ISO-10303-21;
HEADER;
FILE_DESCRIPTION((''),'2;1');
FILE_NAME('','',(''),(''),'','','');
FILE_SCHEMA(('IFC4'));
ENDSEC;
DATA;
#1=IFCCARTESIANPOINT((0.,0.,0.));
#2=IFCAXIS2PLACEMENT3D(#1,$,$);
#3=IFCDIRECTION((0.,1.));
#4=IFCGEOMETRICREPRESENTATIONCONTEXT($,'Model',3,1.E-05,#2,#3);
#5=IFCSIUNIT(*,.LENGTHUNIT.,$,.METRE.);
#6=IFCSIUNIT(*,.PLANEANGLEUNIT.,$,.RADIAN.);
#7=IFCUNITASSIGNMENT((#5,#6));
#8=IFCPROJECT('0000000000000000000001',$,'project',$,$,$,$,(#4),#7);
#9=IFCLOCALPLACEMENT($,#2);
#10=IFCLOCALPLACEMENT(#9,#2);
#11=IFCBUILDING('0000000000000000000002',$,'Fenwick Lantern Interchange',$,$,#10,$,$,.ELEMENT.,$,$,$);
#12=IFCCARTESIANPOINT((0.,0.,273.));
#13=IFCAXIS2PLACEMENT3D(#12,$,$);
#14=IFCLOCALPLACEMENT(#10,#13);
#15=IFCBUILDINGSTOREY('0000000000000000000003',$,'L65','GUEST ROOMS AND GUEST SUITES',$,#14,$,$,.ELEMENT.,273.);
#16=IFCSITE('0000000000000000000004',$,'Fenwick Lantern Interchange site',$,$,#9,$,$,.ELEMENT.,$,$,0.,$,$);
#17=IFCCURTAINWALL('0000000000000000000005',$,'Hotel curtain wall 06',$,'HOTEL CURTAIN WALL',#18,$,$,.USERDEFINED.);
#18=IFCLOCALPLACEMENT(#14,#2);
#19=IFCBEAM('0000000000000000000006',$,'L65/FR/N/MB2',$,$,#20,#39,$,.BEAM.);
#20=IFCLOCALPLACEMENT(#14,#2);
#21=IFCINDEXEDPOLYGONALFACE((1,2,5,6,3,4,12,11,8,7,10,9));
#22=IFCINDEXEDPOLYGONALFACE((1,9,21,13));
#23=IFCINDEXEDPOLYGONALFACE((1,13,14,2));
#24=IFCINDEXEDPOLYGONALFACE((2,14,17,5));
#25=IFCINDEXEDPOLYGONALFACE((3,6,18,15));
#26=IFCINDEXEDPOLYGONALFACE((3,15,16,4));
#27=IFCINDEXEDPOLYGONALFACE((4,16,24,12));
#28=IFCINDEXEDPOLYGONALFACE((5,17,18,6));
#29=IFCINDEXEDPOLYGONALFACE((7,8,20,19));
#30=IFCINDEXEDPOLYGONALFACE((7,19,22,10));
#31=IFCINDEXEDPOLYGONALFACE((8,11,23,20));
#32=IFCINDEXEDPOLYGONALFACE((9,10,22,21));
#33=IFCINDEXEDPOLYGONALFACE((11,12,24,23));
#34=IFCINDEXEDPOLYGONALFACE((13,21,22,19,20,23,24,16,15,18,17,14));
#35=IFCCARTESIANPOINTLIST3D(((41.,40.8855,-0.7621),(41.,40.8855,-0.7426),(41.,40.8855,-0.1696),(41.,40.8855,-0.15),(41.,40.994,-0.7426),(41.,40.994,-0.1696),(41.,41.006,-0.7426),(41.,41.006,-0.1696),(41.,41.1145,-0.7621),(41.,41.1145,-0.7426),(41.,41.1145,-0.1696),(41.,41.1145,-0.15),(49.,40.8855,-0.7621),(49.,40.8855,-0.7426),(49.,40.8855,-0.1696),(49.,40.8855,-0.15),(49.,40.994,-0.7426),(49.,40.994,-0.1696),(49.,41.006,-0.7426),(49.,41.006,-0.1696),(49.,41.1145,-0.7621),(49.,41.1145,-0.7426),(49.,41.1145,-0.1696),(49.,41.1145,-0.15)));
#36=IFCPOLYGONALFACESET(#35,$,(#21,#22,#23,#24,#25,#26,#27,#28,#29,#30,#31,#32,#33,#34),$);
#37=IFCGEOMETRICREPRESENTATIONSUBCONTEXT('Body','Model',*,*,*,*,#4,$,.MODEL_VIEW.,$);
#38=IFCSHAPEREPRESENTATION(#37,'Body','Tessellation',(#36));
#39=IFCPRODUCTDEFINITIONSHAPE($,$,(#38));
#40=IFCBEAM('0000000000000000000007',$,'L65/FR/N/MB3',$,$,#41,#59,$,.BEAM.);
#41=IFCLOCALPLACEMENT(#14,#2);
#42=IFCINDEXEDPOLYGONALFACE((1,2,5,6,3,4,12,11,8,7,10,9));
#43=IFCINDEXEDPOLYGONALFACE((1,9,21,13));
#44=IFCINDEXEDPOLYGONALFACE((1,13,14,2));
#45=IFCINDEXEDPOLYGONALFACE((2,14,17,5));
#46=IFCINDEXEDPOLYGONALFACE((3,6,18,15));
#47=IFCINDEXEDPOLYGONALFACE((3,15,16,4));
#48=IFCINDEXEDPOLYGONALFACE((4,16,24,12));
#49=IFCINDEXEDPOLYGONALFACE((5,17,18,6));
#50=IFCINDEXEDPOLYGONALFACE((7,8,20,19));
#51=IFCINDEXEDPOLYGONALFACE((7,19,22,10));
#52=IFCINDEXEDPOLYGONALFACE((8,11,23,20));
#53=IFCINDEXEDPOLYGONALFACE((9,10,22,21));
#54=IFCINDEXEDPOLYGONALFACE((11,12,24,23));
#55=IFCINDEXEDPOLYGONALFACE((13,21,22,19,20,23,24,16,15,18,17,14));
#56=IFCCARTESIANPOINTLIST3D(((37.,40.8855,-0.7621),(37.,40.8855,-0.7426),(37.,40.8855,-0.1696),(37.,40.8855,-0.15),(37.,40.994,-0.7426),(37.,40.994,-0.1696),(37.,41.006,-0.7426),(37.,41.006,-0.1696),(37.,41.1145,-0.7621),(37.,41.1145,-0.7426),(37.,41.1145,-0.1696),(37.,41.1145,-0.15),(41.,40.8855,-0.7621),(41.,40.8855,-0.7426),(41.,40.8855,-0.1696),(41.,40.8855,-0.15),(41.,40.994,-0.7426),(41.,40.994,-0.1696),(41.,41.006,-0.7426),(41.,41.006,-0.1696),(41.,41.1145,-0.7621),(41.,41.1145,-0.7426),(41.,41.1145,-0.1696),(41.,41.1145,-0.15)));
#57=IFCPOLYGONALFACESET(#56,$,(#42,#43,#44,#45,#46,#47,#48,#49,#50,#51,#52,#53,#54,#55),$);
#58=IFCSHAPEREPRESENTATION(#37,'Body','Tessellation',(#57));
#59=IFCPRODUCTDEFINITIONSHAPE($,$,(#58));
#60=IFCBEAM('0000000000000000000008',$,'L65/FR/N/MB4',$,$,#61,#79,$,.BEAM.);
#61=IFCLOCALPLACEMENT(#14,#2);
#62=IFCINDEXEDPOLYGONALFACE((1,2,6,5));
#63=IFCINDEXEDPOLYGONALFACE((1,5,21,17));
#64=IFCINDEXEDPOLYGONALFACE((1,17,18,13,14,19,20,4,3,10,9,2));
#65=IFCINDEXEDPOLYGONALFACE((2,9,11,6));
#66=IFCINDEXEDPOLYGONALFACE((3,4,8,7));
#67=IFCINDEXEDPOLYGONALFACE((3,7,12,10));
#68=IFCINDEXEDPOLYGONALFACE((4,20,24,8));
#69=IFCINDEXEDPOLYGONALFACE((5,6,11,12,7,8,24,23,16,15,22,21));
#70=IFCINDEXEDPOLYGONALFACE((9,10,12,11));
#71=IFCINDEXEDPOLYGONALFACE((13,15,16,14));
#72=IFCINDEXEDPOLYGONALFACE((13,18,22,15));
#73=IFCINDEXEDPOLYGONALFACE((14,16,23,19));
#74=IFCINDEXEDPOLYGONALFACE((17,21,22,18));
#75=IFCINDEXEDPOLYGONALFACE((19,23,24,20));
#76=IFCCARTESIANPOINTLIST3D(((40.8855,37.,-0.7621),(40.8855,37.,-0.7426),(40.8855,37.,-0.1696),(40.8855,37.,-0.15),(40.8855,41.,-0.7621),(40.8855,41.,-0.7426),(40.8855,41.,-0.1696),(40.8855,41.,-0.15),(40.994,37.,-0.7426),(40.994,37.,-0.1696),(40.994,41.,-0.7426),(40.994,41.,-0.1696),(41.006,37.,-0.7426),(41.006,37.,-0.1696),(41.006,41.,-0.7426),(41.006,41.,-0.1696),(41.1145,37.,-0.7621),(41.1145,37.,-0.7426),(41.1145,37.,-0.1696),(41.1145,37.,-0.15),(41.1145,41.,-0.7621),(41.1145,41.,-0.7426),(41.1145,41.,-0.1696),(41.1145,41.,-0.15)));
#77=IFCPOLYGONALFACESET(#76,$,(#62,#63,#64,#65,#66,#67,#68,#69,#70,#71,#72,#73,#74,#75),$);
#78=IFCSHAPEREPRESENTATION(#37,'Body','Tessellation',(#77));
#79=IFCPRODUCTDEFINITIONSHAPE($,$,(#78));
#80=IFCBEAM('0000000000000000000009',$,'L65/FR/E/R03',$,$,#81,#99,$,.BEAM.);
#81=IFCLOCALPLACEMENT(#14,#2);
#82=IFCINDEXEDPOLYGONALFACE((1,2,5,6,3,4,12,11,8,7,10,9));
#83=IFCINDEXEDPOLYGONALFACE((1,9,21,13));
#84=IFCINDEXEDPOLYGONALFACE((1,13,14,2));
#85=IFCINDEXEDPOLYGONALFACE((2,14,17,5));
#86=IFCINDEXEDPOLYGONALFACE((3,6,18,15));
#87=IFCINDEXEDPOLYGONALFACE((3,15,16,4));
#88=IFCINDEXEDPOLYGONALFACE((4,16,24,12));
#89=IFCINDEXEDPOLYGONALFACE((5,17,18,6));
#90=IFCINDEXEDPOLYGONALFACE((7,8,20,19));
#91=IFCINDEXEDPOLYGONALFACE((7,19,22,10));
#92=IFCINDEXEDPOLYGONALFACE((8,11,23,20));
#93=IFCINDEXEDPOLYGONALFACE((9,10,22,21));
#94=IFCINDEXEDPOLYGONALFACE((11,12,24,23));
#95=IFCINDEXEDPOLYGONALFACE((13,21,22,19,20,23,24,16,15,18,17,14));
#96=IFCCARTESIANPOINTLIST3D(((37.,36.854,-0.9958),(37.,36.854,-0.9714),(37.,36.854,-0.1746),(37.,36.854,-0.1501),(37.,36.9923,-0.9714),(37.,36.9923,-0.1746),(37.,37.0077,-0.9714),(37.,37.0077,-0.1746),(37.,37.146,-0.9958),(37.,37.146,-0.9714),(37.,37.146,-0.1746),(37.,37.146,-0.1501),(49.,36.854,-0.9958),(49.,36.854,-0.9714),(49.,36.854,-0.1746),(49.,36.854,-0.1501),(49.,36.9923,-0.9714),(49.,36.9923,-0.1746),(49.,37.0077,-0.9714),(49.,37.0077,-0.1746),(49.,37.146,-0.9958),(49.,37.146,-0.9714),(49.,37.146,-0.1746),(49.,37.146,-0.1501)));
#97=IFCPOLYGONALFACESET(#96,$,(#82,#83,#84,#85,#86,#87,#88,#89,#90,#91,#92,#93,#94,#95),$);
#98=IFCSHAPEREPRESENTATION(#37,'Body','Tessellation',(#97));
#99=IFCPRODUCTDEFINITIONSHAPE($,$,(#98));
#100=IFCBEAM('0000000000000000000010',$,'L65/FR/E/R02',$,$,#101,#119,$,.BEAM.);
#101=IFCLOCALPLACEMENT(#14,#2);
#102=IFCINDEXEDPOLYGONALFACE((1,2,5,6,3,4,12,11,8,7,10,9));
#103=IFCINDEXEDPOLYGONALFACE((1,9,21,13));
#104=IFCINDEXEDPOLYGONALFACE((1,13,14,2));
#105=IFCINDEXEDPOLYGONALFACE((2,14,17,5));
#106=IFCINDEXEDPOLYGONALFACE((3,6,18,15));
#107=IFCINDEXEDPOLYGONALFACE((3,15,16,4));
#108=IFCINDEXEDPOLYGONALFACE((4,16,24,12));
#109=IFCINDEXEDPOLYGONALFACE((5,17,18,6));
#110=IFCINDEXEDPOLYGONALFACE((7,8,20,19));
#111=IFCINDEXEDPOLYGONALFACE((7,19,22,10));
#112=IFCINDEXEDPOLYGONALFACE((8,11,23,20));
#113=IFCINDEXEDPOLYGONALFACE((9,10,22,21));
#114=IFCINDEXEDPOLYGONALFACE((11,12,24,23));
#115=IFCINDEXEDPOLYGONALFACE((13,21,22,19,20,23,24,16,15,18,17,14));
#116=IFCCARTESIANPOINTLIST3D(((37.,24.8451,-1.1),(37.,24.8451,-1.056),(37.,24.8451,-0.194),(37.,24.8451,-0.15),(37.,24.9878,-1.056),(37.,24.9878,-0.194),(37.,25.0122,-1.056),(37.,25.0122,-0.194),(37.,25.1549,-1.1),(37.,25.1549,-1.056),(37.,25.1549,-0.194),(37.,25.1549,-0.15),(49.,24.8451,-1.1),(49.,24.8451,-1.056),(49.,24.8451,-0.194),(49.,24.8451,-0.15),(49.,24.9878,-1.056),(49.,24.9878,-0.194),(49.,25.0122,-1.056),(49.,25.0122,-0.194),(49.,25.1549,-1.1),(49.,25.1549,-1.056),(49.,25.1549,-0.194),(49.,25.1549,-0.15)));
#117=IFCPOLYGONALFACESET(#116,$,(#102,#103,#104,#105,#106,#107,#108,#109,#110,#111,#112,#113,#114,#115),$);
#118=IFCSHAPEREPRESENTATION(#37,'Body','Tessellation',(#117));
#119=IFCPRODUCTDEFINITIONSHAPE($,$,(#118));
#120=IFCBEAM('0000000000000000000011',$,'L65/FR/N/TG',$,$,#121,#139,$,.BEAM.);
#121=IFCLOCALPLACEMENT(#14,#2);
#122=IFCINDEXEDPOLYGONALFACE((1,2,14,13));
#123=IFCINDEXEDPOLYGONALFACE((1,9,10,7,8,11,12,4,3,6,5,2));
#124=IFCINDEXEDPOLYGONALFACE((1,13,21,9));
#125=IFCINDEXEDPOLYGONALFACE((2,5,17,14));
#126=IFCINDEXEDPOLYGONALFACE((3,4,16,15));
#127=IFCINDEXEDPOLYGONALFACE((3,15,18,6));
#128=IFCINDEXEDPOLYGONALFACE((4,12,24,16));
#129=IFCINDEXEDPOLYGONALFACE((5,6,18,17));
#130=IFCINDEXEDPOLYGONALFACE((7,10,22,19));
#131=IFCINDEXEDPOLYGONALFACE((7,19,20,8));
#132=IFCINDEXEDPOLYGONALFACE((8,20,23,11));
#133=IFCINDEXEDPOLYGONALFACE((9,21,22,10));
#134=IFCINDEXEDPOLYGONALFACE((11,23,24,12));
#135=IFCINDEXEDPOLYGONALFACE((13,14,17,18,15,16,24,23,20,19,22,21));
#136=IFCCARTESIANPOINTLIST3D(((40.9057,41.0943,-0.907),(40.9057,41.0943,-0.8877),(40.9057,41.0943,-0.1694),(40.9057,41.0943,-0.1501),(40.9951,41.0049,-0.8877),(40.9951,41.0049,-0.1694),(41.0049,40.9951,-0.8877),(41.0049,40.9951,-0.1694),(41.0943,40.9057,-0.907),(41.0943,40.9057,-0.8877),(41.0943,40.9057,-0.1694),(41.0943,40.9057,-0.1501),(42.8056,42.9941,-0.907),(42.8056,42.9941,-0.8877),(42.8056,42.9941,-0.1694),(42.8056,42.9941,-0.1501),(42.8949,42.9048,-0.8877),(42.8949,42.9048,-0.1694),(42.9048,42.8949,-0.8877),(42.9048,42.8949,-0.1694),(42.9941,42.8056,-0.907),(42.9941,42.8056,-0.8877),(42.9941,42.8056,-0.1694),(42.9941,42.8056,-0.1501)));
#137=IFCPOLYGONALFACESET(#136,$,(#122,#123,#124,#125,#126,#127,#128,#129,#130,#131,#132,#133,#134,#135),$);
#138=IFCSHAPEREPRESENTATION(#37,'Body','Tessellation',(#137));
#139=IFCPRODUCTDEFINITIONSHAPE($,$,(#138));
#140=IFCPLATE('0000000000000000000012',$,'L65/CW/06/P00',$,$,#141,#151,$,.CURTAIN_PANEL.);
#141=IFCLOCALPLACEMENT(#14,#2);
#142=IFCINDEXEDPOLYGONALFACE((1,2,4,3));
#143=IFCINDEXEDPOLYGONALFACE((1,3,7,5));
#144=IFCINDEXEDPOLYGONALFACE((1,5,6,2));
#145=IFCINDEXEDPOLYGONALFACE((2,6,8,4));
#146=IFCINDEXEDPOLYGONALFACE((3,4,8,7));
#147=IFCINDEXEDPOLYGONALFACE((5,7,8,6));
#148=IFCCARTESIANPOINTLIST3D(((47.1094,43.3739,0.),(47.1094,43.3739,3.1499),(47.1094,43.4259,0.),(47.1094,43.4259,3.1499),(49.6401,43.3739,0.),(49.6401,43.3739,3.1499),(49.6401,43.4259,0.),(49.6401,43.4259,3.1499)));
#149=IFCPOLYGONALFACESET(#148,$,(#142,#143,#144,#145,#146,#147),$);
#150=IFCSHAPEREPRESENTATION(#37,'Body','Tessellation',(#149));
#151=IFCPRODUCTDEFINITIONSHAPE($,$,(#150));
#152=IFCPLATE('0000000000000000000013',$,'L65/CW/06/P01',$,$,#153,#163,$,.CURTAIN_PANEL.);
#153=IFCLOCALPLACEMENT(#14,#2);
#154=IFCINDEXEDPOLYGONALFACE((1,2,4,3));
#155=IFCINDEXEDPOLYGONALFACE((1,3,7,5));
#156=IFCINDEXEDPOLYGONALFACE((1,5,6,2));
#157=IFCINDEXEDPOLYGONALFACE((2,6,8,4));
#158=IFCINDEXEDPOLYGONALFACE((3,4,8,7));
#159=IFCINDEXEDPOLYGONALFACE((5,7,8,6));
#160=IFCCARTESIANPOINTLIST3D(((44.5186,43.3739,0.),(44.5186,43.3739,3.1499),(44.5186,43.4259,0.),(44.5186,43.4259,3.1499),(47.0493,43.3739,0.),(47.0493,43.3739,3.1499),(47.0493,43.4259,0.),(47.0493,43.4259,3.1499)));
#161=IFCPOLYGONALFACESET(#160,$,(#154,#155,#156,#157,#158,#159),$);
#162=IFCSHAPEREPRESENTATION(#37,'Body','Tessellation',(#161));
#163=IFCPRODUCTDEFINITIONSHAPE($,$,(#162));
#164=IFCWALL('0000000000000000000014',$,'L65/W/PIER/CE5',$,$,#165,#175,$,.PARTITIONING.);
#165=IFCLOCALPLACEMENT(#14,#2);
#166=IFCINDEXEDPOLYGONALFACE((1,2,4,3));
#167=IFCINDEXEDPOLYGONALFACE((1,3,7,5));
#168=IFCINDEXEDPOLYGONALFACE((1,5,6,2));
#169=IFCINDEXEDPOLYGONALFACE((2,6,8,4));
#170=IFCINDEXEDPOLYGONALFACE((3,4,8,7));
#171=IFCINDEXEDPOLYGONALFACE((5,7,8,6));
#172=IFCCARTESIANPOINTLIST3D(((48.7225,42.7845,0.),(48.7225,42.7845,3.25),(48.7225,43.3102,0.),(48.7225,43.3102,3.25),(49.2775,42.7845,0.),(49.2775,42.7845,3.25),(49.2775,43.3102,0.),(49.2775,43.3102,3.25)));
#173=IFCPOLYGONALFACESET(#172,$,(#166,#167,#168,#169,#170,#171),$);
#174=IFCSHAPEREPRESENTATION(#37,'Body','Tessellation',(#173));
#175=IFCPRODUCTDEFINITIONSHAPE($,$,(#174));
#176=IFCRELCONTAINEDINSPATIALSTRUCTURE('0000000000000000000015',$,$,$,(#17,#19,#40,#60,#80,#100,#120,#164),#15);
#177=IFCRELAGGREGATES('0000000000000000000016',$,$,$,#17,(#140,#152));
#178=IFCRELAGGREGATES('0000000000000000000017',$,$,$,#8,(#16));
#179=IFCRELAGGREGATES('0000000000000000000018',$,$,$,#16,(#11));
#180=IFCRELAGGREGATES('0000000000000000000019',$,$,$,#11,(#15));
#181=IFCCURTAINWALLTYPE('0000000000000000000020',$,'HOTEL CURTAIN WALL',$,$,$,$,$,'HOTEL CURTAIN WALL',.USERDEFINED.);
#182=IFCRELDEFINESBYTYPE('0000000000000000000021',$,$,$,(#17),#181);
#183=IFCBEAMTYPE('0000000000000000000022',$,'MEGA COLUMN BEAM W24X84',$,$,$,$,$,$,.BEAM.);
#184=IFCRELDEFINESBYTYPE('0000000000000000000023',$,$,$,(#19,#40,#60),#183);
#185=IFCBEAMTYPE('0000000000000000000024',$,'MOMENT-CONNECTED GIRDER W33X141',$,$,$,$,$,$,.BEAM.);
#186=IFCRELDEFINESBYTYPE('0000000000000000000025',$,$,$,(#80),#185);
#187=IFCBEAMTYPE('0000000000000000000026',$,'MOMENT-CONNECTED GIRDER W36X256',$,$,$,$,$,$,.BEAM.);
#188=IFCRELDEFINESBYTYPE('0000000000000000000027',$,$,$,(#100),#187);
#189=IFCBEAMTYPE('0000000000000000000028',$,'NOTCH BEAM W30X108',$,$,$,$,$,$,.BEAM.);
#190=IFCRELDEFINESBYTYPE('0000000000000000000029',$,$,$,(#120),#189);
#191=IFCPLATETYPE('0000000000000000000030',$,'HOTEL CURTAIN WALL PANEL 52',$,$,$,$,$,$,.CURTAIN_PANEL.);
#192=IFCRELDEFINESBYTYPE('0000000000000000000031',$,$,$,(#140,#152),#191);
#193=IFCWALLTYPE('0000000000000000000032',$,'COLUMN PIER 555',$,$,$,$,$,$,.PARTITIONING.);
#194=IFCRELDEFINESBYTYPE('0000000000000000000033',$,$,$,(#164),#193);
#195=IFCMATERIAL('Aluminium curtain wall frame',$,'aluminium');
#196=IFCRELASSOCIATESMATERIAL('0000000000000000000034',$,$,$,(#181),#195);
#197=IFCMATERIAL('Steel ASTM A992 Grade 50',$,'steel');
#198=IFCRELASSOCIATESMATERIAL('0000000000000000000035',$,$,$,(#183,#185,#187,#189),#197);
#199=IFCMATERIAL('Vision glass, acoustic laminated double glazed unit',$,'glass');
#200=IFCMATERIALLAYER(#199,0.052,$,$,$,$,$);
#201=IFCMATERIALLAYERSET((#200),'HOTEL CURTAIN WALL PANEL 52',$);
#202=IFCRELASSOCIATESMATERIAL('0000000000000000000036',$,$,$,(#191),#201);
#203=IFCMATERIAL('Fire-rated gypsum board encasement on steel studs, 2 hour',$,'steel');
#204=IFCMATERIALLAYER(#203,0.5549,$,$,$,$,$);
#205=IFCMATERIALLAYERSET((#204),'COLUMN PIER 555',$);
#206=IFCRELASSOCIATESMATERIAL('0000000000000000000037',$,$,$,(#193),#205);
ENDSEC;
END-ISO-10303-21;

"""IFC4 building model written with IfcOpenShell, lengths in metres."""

from ifc_helpers import new_model, si_unit, direction, frame, frame_2d, origin, origin_2d, place, context, subcontext, project, spatial, rectangle, i_section, extrude, material, layer, layer_set, material_profile, profile_set, type_object, element, aggregate, save


model = new_model("IFC4")

# Units and contexts
model_context = context("Model", 3, precision=1e-05, world=origin(), true_north=direction((0.0, 1.0)))
body_context = subcontext(model_context, "Body", "Model", "MODEL_VIEW")
ifc_project = project(units=[si_unit("LENGTHUNIT", "METRE"), si_unit("PLANEANGLEUNIT", "RADIAN")], contexts=[model_context])

# Site, building, storey
site_placement = place(None, origin())
site = spatial("IfcSite", under=ifc_project, at=site_placement, Name="Fenwick Lantern Interchange site", CompositionType="ELEMENT", RefElevation=0.0)
building_placement = place(site_placement, origin())
building = spatial("IfcBuilding", under=site, at=building_placement, Name="Fenwick Lantern Interchange", CompositionType="ELEMENT")
storey_placement = place(building_placement, frame((0.0, 0.0, 273.0)))
storey = spatial("IfcBuildingStorey", under=building, at=storey_placement, Name="L65", Description="GUEST ROOMS AND GUEST SUITES", CompositionType="ELEMENT", Elevation=273.0)

# Shared definitions
ifc_material_1 = material(Name="Steel ASTM A992 Grade 50", Category="steel")

# Curtain wall
ifc_material_2 = material(Name="Aluminium curtain wall frame", Category="aluminium")
curtain_wall_type = type_object("IfcCurtainWallType", Name="HOTEL CURTAIN WALL", ElementType="HOTEL CURTAIN WALL", PredefinedType="USERDEFINED", material=ifc_material_2)
curtain_wall_1_placement = place(storey_placement, origin())
curtain_wall_1 = element("IfcCurtainWall", 1, at=curtain_wall_1_placement, inside=storey, type_object=curtain_wall_type, Name="Hotel curtain wall 06", ObjectType="HOTEL CURTAIN WALL", PredefinedType="USERDEFINED")

# Beams
ifc_material_profile_1 = material_profile(ifc_material_1, i_section(OverallWidth=0.229, OverallDepth=0.6121, WebThickness=0.012, FlangeThickness=0.0195, at=origin_2d()), Name="W24X84")
ifc_profile_set_1 = profile_set([ifc_material_profile_1], Name="Steel ASTM A992 Grade 50")
beam_type_1 = type_object("IfcBeamType", Name="MEGA COLUMN BEAM W24X84", PredefinedType="BEAM", material=ifc_profile_set_1)
for number, where, z_axis, x_axis, name in (
    (2, (41.0, 41.0, -0.4561), (1.0, 0.0, 0.0), (0.0, 1.0, 0.0), "L65/FR/N/MB2"),
):
    element("IfcBeam", number, at=place(storey_placement, frame(where, z_axis=z_axis, x_axis=x_axis)), inside=storey, type_object=beam_type_1, Name=name, PredefinedType="BEAM", context=body_context, shape_type="SweptSolid", body=[
        extrude(i_section(OverallWidth=0.229, OverallDepth=0.6121, WebThickness=0.012, FlangeThickness=0.0195, at=origin_2d()), origin(), (0.0, 0.0, 1.0), 8.0),
    ])
for number, where, z_axis, x_axis, name in (
    (3, (41.0, 41.0, -0.4561), (-1.0, 0.0, 0.0), (0.0, -1.0, 0.0), "L65/FR/N/MB3"),
    (4, (41.0, 41.0, -0.4561), (0.0, -1.0, 0.0), (1.0, 0.0, 0.0), "L65/FR/N/MB4"),
):
    element("IfcBeam", number, at=place(storey_placement, frame(where, z_axis=z_axis, x_axis=x_axis)), inside=storey, type_object=beam_type_1, Name=name, PredefinedType="BEAM", context=body_context, shape_type="SweptSolid", body=[
        extrude(i_section(OverallWidth=0.229, OverallDepth=0.6121, WebThickness=0.012, FlangeThickness=0.0195, at=origin_2d()), origin(), (0.0, 0.0, 1.0), 4.0),
    ])
ifc_material_profile_2 = material_profile(ifc_material_1, i_section(OverallWidth=0.292, OverallDepth=0.8457, WebThickness=0.0154, FlangeThickness=0.0244, at=origin_2d()), Name="W33X141")
ifc_profile_set_2 = profile_set([ifc_material_profile_2], Name="Steel ASTM A992 Grade 50")
beam_type_2 = type_object("IfcBeamType", Name="MOMENT-CONNECTED GIRDER W33X141", PredefinedType="BEAM", material=ifc_profile_set_2)
beam_1_placement = place(storey_placement, frame((49.0, 37.0, -0.573), z_axis=(-1.0, 0.0, 0.0), x_axis=(0.0, -1.0, 0.0)))
element("IfcBeam", 5, at=beam_1_placement, inside=storey, type_object=beam_type_2, Name="L65/FR/E/R03", PredefinedType="BEAM", context=body_context, shape_type="SweptSolid", body=[
    extrude(i_section(OverallWidth=0.292, OverallDepth=0.8457, WebThickness=0.0154, FlangeThickness=0.0244, at=origin_2d()), origin(), (0.0, 0.0, 1.0), 12.0),
])
ifc_material_profile_3 = material_profile(ifc_material_1, i_section(OverallWidth=0.3098, OverallDepth=0.95, WebThickness=0.0244, FlangeThickness=0.0439, at=origin_2d()), Name="W36X256")
ifc_profile_set_3 = profile_set([ifc_material_profile_3], Name="Steel ASTM A992 Grade 50")
beam_type_3 = type_object("IfcBeamType", Name="MOMENT-CONNECTED GIRDER W36X256", PredefinedType="BEAM", material=ifc_profile_set_3)
beam_2_placement = place(storey_placement, frame((49.0, 25.0, -0.625), z_axis=(-1.0, 0.0, 0.0), x_axis=(0.0, -1.0, 0.0)))
element("IfcBeam", 6, at=beam_2_placement, inside=storey, type_object=beam_type_3, Name="L65/FR/E/R02", PredefinedType="BEAM", context=body_context, shape_type="SweptSolid", body=[
    extrude(i_section(OverallWidth=0.3098, OverallDepth=0.95, WebThickness=0.0244, FlangeThickness=0.0439, at=origin_2d()), origin(), (0.0, 0.0, 1.0), 12.0),
])
ifc_material_profile_4 = material_profile(ifc_material_1, i_section(OverallWidth=0.2666, OverallDepth=0.7568, WebThickness=0.0139, FlangeThickness=0.0193, at=origin_2d()), Name="W30X108")
ifc_profile_set_4 = profile_set([ifc_material_profile_4], Name="Steel ASTM A992 Grade 50")
beam_type_4 = type_object("IfcBeamType", Name="NOTCH BEAM W30X108", PredefinedType="BEAM", material=ifc_profile_set_4)
beam_3_placement = place(storey_placement, frame((41.0, 41.0, -0.5286), z_axis=(0.707107, 0.707107, 0.0), x_axis=(-0.707107, 0.707107, 0.0)))
element("IfcBeam", 7, at=beam_3_placement, inside=storey, type_object=beam_type_4, Name="L65/FR/N/TG", PredefinedType="BEAM", context=body_context, shape_type="SweptSolid", body=[
    extrude(i_section(OverallWidth=0.2666, OverallDepth=0.7568, WebThickness=0.0139, FlangeThickness=0.0193, at=origin_2d()), origin(), (0.0, 0.0, 1.0), 2.6868),
])

# Plates
ifc_material_3 = material(Name="Vision glass, acoustic laminated double glazed unit", Category="glass")
ifc_layer_1 = layer(ifc_material_3, 0.052)
ifc_layer_set_1 = layer_set([ifc_layer_1], Name="HOTEL CURTAIN WALL PANEL 52")
plate_type = type_object("IfcPlateType", Name="HOTEL CURTAIN WALL PANEL 52", PredefinedType="CURTAIN_PANEL", material=ifc_layer_set_1)
plate_1_placement = place(storey_placement, frame((48.3748, 43.3999, 0.0), z_axis=(0.0, 0.0, 1.0), x_axis=(-1.0, 0.0, 0.0)))
plate_1 = element("IfcPlate", 8, at=plate_1_placement, type_object=plate_type, Name="L65/CW/06/P00", PredefinedType="CURTAIN_PANEL", context=body_context, shape_type="SweptSolid", body=[
    extrude(rectangle(XDim=2.5308, YDim=0.052, at=origin_2d()), origin(), (0.0, 0.0, 1.0), 3.1499),
])
plate_2_placement = place(storey_placement, frame((45.7839, 43.3999, 0.0), z_axis=(0.0, 0.0, 1.0), x_axis=(-1.0, 0.0, 0.0)))
plate_2 = element("IfcPlate", 9, at=plate_2_placement, type_object=plate_type, Name="L65/CW/06/P01", PredefinedType="CURTAIN_PANEL", context=body_context, shape_type="SweptSolid", body=[
    extrude(rectangle(XDim=2.5308, YDim=0.052, at=origin_2d()), origin(), (0.0, 0.0, 1.0), 3.1499),
])
aggregate(curtain_wall_1, [plate_1, plate_2])

# Wall
ifc_material_4 = material(Name="Fire-rated gypsum board encasement on steel studs, 2 hour", Category="steel")
ifc_layer_2 = layer(ifc_material_4, 0.5549)
ifc_layer_set_2 = layer_set([ifc_layer_2], Name="COLUMN PIER 555")
wall_type_1 = type_object("IfcWallType", Name="COLUMN PIER 555", PredefinedType="PARTITIONING", material=ifc_layer_set_2)
wall_1_placement = place(storey_placement, frame((49.0, 43.3101, 0.0), z_axis=(0.0, 0.0, 1.0), x_axis=(0.0, -1.0, 0.0)))
element("IfcWall", 10, at=wall_1_placement, inside=storey, type_object=wall_type_1, Name="L65/W/PIER/CE5", PredefinedType="PARTITIONING", context=body_context, shape_type="SweptSolid", body=[
    extrude(rectangle(XDim=0.5256, YDim=0.5549, at=frame_2d((0.2627, 0.0))), origin(), (0.0, 0.0, 1.0), 3.25),
])

save(model, "model.ifc")
